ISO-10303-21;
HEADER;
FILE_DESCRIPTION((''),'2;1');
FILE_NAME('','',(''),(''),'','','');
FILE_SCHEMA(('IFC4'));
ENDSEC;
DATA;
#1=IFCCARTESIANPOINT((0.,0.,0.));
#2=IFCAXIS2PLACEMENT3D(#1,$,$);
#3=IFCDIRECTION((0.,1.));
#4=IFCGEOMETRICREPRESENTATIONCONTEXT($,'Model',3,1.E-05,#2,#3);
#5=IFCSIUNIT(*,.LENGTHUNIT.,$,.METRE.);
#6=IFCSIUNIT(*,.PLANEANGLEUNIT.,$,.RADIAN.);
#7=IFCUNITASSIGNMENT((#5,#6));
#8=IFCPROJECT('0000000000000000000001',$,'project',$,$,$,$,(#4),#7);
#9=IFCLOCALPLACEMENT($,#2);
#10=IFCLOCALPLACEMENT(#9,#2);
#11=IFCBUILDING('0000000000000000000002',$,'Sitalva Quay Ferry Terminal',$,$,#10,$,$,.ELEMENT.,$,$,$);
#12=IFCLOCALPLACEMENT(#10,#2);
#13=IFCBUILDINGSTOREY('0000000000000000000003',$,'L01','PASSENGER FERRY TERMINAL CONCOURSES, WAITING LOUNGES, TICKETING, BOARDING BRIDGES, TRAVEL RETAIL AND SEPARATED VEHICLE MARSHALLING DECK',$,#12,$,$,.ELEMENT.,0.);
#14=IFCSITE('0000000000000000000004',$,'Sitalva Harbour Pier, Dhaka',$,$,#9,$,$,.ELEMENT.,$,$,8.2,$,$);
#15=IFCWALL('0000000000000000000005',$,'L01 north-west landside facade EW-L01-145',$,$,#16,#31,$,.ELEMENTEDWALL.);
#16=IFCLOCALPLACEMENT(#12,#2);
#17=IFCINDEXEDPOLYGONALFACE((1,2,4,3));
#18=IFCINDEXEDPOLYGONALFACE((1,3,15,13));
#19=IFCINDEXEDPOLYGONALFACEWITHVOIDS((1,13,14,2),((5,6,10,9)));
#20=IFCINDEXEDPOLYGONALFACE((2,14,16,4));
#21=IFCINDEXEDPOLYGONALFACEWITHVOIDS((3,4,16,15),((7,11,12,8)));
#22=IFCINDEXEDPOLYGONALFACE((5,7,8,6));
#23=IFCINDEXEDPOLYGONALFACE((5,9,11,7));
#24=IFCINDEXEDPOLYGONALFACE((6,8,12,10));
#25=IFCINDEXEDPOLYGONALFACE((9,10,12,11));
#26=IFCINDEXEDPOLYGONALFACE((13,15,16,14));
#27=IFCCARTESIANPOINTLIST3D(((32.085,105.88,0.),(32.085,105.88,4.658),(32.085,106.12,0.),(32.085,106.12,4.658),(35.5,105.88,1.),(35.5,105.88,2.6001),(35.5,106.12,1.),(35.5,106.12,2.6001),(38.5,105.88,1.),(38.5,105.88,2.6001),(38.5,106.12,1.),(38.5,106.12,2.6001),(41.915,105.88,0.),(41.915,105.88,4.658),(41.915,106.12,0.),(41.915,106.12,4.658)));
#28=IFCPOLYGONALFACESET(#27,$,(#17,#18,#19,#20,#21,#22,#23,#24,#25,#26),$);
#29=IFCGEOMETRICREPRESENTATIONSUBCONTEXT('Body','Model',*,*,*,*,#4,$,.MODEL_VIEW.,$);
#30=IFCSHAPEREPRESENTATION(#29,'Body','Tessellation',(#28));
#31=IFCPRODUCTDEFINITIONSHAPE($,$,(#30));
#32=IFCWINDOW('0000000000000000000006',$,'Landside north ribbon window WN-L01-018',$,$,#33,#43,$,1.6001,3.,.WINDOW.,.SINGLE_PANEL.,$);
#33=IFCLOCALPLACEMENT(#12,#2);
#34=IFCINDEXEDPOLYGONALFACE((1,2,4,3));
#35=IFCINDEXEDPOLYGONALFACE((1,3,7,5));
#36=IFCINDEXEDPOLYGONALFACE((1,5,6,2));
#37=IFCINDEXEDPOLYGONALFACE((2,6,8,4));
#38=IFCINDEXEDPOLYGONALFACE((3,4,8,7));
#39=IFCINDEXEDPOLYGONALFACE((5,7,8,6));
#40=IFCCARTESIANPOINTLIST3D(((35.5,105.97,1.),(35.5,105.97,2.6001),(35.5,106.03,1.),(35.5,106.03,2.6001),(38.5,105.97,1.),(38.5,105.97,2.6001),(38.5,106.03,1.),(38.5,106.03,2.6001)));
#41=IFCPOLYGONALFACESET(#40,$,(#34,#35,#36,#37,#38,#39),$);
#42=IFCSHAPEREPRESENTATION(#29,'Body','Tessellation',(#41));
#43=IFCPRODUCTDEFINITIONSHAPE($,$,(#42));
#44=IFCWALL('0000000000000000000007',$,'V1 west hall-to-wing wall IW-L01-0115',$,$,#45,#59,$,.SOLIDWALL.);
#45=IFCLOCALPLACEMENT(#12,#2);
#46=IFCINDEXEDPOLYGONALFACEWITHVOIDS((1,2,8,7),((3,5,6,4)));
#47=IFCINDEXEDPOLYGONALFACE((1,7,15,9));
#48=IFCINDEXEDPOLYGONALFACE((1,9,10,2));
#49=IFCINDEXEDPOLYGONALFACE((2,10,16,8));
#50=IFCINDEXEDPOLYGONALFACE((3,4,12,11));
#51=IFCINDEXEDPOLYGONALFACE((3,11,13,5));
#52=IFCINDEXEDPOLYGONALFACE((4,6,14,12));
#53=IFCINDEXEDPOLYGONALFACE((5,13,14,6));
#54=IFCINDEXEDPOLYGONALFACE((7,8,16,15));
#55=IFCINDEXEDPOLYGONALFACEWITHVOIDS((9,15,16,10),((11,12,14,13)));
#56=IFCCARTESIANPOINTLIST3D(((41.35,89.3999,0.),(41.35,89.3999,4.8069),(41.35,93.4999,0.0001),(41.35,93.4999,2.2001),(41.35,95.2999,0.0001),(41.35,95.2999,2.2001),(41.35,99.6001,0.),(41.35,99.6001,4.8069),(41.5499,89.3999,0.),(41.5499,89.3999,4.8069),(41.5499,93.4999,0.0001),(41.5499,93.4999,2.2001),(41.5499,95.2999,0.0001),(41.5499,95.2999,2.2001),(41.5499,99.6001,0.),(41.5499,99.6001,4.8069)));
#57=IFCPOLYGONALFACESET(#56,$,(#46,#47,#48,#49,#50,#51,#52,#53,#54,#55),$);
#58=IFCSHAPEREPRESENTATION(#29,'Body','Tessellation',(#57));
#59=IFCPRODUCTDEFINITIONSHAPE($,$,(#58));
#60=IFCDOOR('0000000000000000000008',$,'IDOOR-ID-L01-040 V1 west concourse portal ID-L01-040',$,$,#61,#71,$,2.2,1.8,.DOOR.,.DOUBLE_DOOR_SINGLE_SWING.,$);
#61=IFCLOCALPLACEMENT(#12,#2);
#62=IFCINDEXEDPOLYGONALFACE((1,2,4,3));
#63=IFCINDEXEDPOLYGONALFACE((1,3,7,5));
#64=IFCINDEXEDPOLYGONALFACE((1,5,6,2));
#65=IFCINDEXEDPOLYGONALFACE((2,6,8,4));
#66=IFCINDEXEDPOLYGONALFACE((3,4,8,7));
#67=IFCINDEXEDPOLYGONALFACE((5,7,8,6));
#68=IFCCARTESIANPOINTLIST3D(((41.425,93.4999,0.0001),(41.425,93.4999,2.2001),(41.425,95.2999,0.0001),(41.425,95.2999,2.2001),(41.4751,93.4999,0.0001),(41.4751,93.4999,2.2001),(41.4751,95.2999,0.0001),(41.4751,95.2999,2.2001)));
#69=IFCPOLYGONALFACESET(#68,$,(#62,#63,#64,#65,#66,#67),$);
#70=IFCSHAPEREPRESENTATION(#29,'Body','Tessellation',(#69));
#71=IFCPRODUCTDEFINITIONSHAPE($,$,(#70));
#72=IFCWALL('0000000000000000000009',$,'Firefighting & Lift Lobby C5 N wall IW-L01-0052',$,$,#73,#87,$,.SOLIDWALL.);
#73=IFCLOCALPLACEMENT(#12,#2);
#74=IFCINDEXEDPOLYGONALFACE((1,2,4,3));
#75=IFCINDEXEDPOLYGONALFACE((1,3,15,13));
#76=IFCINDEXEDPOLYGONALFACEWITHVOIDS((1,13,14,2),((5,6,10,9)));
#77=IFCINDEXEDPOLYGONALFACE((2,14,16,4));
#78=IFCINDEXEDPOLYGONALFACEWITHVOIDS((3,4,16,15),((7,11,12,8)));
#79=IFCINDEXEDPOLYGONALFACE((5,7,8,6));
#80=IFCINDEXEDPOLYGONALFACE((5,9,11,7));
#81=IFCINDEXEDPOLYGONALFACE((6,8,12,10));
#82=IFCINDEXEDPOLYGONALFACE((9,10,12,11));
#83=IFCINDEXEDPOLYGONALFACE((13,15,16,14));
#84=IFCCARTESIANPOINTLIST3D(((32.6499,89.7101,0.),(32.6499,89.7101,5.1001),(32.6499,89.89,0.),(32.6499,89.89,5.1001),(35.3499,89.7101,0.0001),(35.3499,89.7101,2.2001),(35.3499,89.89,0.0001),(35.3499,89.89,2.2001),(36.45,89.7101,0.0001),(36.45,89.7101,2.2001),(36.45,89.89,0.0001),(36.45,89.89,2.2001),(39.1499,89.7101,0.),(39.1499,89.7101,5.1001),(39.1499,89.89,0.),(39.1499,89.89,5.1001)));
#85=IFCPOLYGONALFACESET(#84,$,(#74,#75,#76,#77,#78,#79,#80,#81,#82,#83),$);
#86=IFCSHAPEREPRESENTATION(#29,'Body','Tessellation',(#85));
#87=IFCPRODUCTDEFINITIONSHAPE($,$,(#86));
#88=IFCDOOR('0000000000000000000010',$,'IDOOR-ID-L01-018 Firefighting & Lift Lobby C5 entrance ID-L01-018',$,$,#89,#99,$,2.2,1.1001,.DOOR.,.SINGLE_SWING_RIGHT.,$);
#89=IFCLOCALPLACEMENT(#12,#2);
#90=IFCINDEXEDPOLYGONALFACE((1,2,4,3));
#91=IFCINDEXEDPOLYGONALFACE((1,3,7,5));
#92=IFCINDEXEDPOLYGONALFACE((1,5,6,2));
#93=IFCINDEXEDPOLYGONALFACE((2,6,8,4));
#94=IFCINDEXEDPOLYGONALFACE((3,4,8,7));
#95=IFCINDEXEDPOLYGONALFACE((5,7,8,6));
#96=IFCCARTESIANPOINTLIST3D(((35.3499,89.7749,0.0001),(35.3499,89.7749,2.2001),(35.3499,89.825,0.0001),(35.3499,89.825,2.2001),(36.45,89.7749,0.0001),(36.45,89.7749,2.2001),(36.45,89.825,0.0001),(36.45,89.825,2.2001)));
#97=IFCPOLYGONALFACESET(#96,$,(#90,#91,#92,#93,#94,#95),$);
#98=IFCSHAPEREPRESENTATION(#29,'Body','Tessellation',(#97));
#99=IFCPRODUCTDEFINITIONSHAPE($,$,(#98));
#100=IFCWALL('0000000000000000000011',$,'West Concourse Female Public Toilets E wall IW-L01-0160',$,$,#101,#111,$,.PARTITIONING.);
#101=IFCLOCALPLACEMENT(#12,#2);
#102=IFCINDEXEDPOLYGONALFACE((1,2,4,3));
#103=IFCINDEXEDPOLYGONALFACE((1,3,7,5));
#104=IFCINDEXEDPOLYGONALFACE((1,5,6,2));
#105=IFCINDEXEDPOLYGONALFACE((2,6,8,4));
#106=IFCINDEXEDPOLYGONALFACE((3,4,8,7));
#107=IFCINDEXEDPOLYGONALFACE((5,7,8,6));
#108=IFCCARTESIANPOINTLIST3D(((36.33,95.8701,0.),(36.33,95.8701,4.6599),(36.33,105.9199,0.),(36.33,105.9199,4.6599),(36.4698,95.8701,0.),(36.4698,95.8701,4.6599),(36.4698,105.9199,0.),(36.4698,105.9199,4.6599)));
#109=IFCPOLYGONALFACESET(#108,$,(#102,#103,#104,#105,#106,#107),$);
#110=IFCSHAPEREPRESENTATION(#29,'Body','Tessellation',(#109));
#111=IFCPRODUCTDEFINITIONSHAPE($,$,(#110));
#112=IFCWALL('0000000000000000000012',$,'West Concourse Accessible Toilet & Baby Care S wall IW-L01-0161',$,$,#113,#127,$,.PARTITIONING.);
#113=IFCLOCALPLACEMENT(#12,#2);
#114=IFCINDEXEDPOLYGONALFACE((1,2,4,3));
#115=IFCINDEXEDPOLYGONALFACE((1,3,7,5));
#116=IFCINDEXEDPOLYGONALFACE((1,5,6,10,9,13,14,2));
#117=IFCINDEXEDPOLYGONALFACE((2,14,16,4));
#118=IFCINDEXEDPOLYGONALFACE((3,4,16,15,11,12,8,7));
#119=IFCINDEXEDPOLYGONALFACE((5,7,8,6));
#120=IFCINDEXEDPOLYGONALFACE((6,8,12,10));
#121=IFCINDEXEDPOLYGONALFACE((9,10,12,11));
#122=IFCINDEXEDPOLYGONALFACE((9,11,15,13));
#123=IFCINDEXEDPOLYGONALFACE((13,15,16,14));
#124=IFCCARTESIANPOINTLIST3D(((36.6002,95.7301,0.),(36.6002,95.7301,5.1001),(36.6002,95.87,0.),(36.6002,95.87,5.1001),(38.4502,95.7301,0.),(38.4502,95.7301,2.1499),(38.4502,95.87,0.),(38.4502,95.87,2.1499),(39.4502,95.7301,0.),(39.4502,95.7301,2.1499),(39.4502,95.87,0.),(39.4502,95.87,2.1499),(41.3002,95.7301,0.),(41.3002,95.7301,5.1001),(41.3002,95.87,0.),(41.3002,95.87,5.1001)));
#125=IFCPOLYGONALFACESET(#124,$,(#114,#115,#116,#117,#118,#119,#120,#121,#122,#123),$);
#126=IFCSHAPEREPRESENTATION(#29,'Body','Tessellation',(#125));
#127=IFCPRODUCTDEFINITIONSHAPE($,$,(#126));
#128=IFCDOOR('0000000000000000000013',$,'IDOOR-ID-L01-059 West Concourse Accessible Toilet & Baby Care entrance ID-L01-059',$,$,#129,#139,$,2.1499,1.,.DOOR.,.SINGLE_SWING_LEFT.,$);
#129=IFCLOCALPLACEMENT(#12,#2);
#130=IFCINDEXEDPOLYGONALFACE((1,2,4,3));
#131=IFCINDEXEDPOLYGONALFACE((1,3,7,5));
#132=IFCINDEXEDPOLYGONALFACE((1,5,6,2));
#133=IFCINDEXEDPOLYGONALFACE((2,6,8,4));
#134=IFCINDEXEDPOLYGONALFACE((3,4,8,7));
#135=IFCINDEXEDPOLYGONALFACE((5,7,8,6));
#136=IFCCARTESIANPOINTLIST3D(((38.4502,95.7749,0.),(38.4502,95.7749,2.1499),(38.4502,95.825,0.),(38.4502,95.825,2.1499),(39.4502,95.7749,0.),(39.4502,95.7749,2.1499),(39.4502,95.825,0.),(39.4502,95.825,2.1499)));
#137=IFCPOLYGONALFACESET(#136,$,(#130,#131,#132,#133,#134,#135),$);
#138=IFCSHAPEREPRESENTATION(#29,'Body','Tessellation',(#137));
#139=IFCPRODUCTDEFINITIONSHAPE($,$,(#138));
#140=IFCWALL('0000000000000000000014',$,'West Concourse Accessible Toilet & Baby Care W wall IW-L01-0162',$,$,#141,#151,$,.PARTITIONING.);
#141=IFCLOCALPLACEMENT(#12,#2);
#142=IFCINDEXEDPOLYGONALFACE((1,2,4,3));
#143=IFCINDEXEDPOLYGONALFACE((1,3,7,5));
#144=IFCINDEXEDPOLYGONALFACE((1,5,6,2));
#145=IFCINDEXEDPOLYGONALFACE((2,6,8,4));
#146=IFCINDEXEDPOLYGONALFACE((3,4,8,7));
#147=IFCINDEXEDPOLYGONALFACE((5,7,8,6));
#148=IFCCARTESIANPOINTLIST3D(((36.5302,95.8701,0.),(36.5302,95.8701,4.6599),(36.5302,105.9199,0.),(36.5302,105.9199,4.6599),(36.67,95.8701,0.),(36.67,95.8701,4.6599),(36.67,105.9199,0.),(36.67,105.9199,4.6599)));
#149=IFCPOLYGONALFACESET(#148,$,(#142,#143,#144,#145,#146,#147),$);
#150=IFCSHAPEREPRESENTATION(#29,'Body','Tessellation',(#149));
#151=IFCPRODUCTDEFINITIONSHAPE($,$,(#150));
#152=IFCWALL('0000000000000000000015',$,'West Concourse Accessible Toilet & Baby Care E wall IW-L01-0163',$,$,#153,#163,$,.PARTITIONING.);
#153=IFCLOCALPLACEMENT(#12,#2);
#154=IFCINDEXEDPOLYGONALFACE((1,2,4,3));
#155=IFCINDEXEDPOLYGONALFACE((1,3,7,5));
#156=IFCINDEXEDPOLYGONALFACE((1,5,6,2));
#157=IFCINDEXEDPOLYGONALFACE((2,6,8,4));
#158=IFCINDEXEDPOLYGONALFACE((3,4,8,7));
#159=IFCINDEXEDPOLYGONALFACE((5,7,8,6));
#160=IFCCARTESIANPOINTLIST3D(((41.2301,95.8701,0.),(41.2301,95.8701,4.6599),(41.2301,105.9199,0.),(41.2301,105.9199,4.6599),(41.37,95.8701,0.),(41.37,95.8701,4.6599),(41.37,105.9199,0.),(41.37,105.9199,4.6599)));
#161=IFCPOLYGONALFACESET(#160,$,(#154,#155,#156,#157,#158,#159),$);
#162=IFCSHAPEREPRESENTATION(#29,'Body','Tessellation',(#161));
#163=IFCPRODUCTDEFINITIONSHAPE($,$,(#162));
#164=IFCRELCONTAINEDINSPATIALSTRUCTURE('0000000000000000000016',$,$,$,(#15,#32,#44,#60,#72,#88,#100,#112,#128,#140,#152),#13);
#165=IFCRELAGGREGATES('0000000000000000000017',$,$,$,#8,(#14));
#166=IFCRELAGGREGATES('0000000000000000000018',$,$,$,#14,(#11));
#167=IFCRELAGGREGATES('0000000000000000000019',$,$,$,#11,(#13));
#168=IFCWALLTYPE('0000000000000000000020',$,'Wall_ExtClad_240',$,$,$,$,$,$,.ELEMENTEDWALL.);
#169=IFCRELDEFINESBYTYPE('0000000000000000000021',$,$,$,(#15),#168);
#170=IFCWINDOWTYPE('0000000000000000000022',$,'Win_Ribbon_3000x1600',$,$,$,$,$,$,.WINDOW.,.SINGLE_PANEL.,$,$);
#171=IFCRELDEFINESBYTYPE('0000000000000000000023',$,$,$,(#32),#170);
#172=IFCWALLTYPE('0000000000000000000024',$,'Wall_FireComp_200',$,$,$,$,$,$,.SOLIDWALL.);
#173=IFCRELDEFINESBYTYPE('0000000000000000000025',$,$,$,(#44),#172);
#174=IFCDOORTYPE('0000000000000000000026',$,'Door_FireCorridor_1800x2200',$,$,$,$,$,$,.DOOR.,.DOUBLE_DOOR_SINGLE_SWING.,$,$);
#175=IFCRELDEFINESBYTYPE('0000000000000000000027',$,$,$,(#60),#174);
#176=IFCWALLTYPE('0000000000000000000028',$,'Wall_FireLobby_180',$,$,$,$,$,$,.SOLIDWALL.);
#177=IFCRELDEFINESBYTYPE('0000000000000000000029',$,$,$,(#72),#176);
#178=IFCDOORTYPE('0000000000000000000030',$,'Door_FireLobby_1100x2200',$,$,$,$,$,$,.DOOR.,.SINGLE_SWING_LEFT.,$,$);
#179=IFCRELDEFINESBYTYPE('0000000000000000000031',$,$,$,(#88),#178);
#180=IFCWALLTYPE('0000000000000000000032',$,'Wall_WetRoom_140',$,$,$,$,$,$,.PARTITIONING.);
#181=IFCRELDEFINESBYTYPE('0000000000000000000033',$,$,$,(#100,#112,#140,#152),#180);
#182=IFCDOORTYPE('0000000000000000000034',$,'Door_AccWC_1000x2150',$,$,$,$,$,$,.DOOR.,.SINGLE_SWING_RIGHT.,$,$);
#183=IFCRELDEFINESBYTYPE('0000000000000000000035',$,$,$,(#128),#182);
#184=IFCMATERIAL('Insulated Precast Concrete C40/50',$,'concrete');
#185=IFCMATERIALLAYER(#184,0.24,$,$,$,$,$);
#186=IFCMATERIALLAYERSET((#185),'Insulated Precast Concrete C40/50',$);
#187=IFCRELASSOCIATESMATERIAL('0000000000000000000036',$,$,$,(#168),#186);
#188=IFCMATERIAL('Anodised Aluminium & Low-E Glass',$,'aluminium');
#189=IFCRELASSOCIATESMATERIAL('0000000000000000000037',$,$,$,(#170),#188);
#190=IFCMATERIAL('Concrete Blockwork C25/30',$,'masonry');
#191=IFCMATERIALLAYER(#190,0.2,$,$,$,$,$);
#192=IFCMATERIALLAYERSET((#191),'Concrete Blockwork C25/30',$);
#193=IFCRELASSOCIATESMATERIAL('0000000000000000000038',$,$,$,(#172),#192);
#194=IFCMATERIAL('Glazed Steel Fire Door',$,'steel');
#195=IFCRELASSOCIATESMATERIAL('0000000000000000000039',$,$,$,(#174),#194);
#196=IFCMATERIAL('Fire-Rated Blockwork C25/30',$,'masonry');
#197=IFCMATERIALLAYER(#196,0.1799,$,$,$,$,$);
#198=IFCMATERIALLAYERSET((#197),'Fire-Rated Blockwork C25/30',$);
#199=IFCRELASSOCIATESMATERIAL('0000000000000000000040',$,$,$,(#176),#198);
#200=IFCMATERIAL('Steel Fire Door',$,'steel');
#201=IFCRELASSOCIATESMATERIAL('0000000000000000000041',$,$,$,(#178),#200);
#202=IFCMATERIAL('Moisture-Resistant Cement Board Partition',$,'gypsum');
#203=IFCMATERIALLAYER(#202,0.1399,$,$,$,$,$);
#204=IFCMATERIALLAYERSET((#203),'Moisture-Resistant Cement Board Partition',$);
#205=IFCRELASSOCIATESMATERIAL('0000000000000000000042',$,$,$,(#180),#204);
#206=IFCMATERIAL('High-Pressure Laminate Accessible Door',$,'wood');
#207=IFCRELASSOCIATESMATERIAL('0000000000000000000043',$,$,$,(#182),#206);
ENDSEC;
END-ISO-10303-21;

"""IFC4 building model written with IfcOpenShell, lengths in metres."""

from ifc_helpers import new_model, si_unit, direction, frame, frame_2d, origin, place, context, subcontext, project, spatial, rectangle, extrude, material, layer, layer_set, type_object, element, fill, save


model = new_model("IFC4")

# Units and contexts
model_context = context("Model", 3, precision=1e-05, world=origin(), true_north=direction((0.0, 1.0)))
body_context = subcontext(model_context, "Body", "Model", "MODEL_VIEW")
ifc_project = project(units=[si_unit("LENGTHUNIT", "METRE"), si_unit("PLANEANGLEUNIT", "RADIAN")], contexts=[model_context])

# Site, building, storey
site_placement = place(None, origin())
site = spatial("IfcSite", under=ifc_project, at=site_placement, Name="Sitalva Harbour Pier, Dhaka", CompositionType="ELEMENT", RefElevation=8.2)
building_placement = place(site_placement, origin())
building = spatial("IfcBuilding", under=site, at=building_placement, Name="Sitalva Quay Ferry Terminal", CompositionType="ELEMENT")
storey_placement = place(building_placement, origin())
storey = spatial("IfcBuildingStorey", under=building, at=storey_placement, Name="L01", Description="PASSENGER FERRY TERMINAL CONCOURSES, WAITING LOUNGES, TICKETING, BOARDING BRIDGES, TRAVEL RETAIL AND SEPARATED VEHICLE MARSHALLING DECK", CompositionType="ELEMENT", Elevation=0.0)

# Wall, opening, window
ifc_material_1 = material(Name="Insulated Precast Concrete C40/50", Category="concrete")
ifc_layer_1 = layer(ifc_material_1, 0.24)
ifc_layer_set_1 = layer_set([ifc_layer_1], Name="Insulated Precast Concrete C40/50")
wall_type_1 = type_object("IfcWallType", Name="Wall_ExtClad_240", PredefinedType="ELEMENTEDWALL", material=ifc_layer_set_1)
wall_1_placement = place(storey_placement, frame((32.085, 106.0, 0.0), z_axis=(0.0, 0.0, 1.0), x_axis=(1.0, 0.0, 0.0)))
wall_1 = element("IfcWall", 1, at=wall_1_placement, inside=storey, type_object=wall_type_1, Name="L01 north-west landside facade EW-L01-145", PredefinedType="ELEMENTEDWALL", context=body_context, shape_type="SweptSolid", body=[
    extrude(rectangle(XDim=9.8301, YDim=0.24, at=frame_2d((4.915, 0.0))), origin(), (0.0, 0.0, 1.0), 4.658),
])
opening_1_placement = place(wall_1_placement, frame((3.415, 0.0, 1.0)))
opening_1 = element("IfcOpeningElement", 2, at=opening_1_placement, cuts=wall_1, PredefinedType="OPENING", context=body_context, shape_type="SweptSolid", body=[
    extrude(rectangle(XDim=3.0, YDim=1.6001, at=frame_2d((1.5, 0.8))), frame((0.0, 0.1299, 0.0), z_axis=(0.0, -1.0, 0.0), x_axis=(1.0, 0.0, 0.0)), (0.0, 0.0, 1.0), 0.26),
])
ifc_material_2 = material(Name="Anodised Aluminium & Low-E Glass", Category="aluminium")
window_type = type_object("IfcWindowType", Name="Win_Ribbon_3000x1600", PartitioningType="SINGLE_PANEL", PredefinedType="WINDOW", material=ifc_material_2)
window_placement = place(opening_1_placement, origin())
window = element("IfcWindow", 3, at=window_placement, inside=storey, type_object=window_type, Name="Landside north ribbon window WN-L01-018", OverallHeight=1.6001, OverallWidth=3.0, PartitioningType="SINGLE_PANEL", PredefinedType="WINDOW", context=body_context, shape_type="SweptSolid", body=[
    extrude(rectangle(XDim=3.0, YDim=1.6001, at=frame_2d((1.5, 0.8))), frame((0.0, 0.03, 0.0), z_axis=(0.0, -1.0, 0.0), x_axis=(1.0, 0.0, 0.0)), (0.0, 0.0, 1.0), 0.0601),
])
fill(opening_1, window)

# Walls, openings, doors
ifc_material_3 = material(Name="Concrete Blockwork C25/30", Category="masonry")
ifc_layer_2 = layer(ifc_material_3, 0.2)
ifc_layer_set_2 = layer_set([ifc_layer_2], Name="Concrete Blockwork C25/30")
wall_type_2 = type_object("IfcWallType", Name="Wall_FireComp_200", PredefinedType="SOLIDWALL", material=ifc_layer_set_2)
wall_2_placement = place(storey_placement, frame((41.45, 89.3999, 0.0), z_axis=(0.0, 0.0, 1.0), x_axis=(0.0, 1.0, 0.0)))
wall_2 = element("IfcWall", 4, at=wall_2_placement, inside=storey, type_object=wall_type_2, Name="V1 west hall-to-wing wall IW-L01-0115", PredefinedType="SOLIDWALL", context=body_context, shape_type="SweptSolid", body=[
    extrude(rectangle(XDim=10.2002, YDim=0.2, at=frame_2d((5.1001, 0.0))), origin(), (0.0, 0.0, 1.0), 4.8069),
])
opening_2_placement = place(wall_2_placement, frame((4.1001, 0.0, 0.0)))
opening_2 = element("IfcOpeningElement", 5, at=opening_2_placement, cuts=wall_2, PredefinedType="OPENING", context=body_context, shape_type="SweptSolid", body=[
    extrude(rectangle(XDim=1.8, YDim=2.2, at=frame_2d((0.8999, 1.1001))), frame((0.0, 0.1099, 0.0), z_axis=(0.0, -1.0, 0.0), x_axis=(1.0, 0.0, 0.0)), (0.0, 0.0, 1.0), 0.22),
])
ifc_material_4 = material(Name="Glazed Steel Fire Door", Category="steel")
door_type_1 = type_object("IfcDoorType", Name="Door_FireCorridor_1800x2200", OperationType="DOUBLE_DOOR_SINGLE_SWING", PredefinedType="DOOR", material=ifc_material_4)
door_1_placement = place(opening_2_placement, origin())
door_1 = element("IfcDoor", 6, at=door_1_placement, inside=storey, type_object=door_type_1, Name="IDOOR-ID-L01-040 V1 west concourse portal ID-L01-040", OperationType="DOUBLE_DOOR_SINGLE_SWING", OverallHeight=2.2, OverallWidth=1.8, PredefinedType="DOOR", context=body_context, shape_type="SweptSolid", body=[
    extrude(rectangle(XDim=1.8, YDim=2.2, at=frame_2d((0.8999, 1.1001))), frame((0.0, 0.0249, 0.0), z_axis=(0.0, -1.0, 0.0), x_axis=(1.0, 0.0, 0.0)), (0.0, 0.0, 1.0), 0.05),
])
fill(opening_2, door_1)
ifc_material_5 = material(Name="Fire-Rated Blockwork C25/30", Category="masonry")
ifc_layer_3 = layer(ifc_material_5, 0.1799)
ifc_layer_set_3 = layer_set([ifc_layer_3], Name="Fire-Rated Blockwork C25/30")
wall_type_3 = type_object("IfcWallType", Name="Wall_FireLobby_180", PredefinedType="SOLIDWALL", material=ifc_layer_set_3)
wall_3_placement = place(storey_placement, frame((32.6499, 89.8, 0.0), z_axis=(0.0, 0.0, 1.0), x_axis=(1.0, 0.0, 0.0)))
wall_3 = element("IfcWall", 7, at=wall_3_placement, inside=storey, type_object=wall_type_3, Name="Firefighting & Lift Lobby C5 N wall IW-L01-0052", PredefinedType="SOLIDWALL", context=body_context, shape_type="SweptSolid", body=[
    extrude(rectangle(XDim=6.5, YDim=0.1799, at=frame_2d((3.25, 0.0))), origin(), (0.0, 0.0, 1.0), 5.1001),
])
opening_3_placement = place(wall_3_placement, frame((2.7, 0.0, 0.0)))
opening_3 = element("IfcOpeningElement", 8, at=opening_3_placement, cuts=wall_3, PredefinedType="OPENING", context=body_context, shape_type="SweptSolid", body=[
    extrude(rectangle(XDim=1.1001, YDim=2.2, at=frame_2d((0.55, 1.1001))), frame((0.0, 0.0999, 0.0), z_axis=(0.0, -1.0, 0.0), x_axis=(1.0, 0.0, 0.0)), (0.0, 0.0, 1.0), 0.2),
])
ifc_material_6 = material(Name="Steel Fire Door", Category="steel")
door_type_2 = type_object("IfcDoorType", Name="Door_FireLobby_1100x2200", OperationType="SINGLE_SWING_LEFT", PredefinedType="DOOR", material=ifc_material_6)
door_2_placement = place(opening_3_placement, origin())
door_2 = element("IfcDoor", 9, at=door_2_placement, inside=storey, type_object=door_type_2, Name="IDOOR-ID-L01-018 Firefighting & Lift Lobby C5 entrance ID-L01-018", OperationType="SINGLE_SWING_RIGHT", OverallHeight=2.2, OverallWidth=1.1001, PredefinedType="DOOR", context=body_context, shape_type="SweptSolid", body=[
    extrude(rectangle(XDim=1.1001, YDim=2.2, at=frame_2d((0.55, 1.1001))), frame((0.0, 0.0249, 0.0), z_axis=(0.0, -1.0, 0.0), x_axis=(1.0, 0.0, 0.0)), (0.0, 0.0, 1.0), 0.05),
])
fill(opening_3, door_2)

# Wall
ifc_material_7 = material(Name="Moisture-Resistant Cement Board Partition", Category="gypsum")
ifc_layer_4 = layer(ifc_material_7, 0.1399)
ifc_layer_set_4 = layer_set([ifc_layer_4], Name="Moisture-Resistant Cement Board Partition")
wall_type_4 = type_object("IfcWallType", Name="Wall_WetRoom_140", PredefinedType="PARTITIONING", material=ifc_layer_set_4)
wall_4_placement = place(storey_placement, frame((36.3999, 95.8701, 0.0), z_axis=(0.0, 0.0, 1.0), x_axis=(0.0, 1.0, 0.0)))
element("IfcWall", 10, at=wall_4_placement, inside=storey, type_object=wall_type_4, Name="West Concourse Female Public Toilets E wall IW-L01-0160", PredefinedType="PARTITIONING", context=body_context, shape_type="SweptSolid", body=[
    extrude(rectangle(XDim=10.0498, YDim=0.1399, at=frame_2d((5.0249, 0.0))), origin(), (0.0, 0.0, 1.0), 4.6599),
])

# Wall, opening, door
wall_5_placement = place(storey_placement, frame((36.6001, 95.8, 0.0), z_axis=(0.0, 0.0, 1.0), x_axis=(1.0, 0.0, 0.0)))
wall_5 = element("IfcWall", 11, at=wall_5_placement, inside=storey, type_object=wall_type_4, Name="West Concourse Accessible Toilet & Baby Care S wall IW-L01-0161", PredefinedType="PARTITIONING", context=body_context, shape_type="SweptSolid", body=[
    extrude(rectangle(XDim=4.7, YDim=0.1399, at=frame_2d((2.3501, 0.0))), origin(), (0.0, 0.0, 1.0), 5.1001),
])
opening_4_placement = place(wall_5_placement, frame((1.8501, 0.0, 0.0)))
opening_4 = element("IfcOpeningElement", 12, at=opening_4_placement, cuts=wall_5, PredefinedType="OPENING", context=body_context, shape_type="SweptSolid", body=[
    extrude(rectangle(XDim=1.0, YDim=2.1499, at=frame_2d((0.5, 1.075))), frame((0.0, 0.0798, 0.0), z_axis=(0.0, -1.0, 0.0), x_axis=(1.0, 0.0, 0.0)), (0.0, 0.0, 1.0), 0.1599),
])
ifc_material_8 = material(Name="High-Pressure Laminate Accessible Door", Category="wood")
door_type_3 = type_object("IfcDoorType", Name="Door_AccWC_1000x2150", OperationType="SINGLE_SWING_RIGHT", PredefinedType="DOOR", material=ifc_material_8)
door_3_placement = place(opening_4_placement, origin())
door_3 = element("IfcDoor", 13, at=door_3_placement, inside=storey, type_object=door_type_3, Name="IDOOR-ID-L01-059 West Concourse Accessible Toilet & Baby Care entrance ID-L01-059", OperationType="SINGLE_SWING_LEFT", OverallHeight=2.1499, OverallWidth=1.0, PredefinedType="DOOR", context=body_context, shape_type="SweptSolid", body=[
    extrude(rectangle(XDim=1.0, YDim=2.1499, at=frame_2d((0.5, 1.075))), frame((0.0, 0.0249, 0.0), z_axis=(0.0, -1.0, 0.0), x_axis=(1.0, 0.0, 0.0)), (0.0, 0.0, 1.0), 0.05),
])
fill(opening_4, door_3)

# Walls
for number, where, z_axis, x_axis, name in (
    (14, (36.6001, 95.8701, 0.0), (0.0, 0.0, 1.0), (0.0, 1.0, 0.0), "West Concourse Accessible Toilet & Baby Care W wall IW-L01-0162"),
    (15, (41.3, 95.8701, 0.0), (0.0, 0.0, 1.0), (0.0, 1.0, 0.0), "West Concourse Accessible Toilet & Baby Care E wall IW-L01-0163"),
):
    element("IfcWall", number, at=place(storey_placement, frame(where, z_axis=z_axis, x_axis=x_axis)), inside=storey, type_object=wall_type_4, Name=name, PredefinedType="PARTITIONING", context=body_context, shape_type="SweptSolid", body=[
        extrude(rectangle(XDim=10.0498, YDim=0.1399, at=frame_2d((5.0249, 0.0))), origin(), (0.0, 0.0, 1.0), 4.6599),
    ])

save(model, "model.ifc")
